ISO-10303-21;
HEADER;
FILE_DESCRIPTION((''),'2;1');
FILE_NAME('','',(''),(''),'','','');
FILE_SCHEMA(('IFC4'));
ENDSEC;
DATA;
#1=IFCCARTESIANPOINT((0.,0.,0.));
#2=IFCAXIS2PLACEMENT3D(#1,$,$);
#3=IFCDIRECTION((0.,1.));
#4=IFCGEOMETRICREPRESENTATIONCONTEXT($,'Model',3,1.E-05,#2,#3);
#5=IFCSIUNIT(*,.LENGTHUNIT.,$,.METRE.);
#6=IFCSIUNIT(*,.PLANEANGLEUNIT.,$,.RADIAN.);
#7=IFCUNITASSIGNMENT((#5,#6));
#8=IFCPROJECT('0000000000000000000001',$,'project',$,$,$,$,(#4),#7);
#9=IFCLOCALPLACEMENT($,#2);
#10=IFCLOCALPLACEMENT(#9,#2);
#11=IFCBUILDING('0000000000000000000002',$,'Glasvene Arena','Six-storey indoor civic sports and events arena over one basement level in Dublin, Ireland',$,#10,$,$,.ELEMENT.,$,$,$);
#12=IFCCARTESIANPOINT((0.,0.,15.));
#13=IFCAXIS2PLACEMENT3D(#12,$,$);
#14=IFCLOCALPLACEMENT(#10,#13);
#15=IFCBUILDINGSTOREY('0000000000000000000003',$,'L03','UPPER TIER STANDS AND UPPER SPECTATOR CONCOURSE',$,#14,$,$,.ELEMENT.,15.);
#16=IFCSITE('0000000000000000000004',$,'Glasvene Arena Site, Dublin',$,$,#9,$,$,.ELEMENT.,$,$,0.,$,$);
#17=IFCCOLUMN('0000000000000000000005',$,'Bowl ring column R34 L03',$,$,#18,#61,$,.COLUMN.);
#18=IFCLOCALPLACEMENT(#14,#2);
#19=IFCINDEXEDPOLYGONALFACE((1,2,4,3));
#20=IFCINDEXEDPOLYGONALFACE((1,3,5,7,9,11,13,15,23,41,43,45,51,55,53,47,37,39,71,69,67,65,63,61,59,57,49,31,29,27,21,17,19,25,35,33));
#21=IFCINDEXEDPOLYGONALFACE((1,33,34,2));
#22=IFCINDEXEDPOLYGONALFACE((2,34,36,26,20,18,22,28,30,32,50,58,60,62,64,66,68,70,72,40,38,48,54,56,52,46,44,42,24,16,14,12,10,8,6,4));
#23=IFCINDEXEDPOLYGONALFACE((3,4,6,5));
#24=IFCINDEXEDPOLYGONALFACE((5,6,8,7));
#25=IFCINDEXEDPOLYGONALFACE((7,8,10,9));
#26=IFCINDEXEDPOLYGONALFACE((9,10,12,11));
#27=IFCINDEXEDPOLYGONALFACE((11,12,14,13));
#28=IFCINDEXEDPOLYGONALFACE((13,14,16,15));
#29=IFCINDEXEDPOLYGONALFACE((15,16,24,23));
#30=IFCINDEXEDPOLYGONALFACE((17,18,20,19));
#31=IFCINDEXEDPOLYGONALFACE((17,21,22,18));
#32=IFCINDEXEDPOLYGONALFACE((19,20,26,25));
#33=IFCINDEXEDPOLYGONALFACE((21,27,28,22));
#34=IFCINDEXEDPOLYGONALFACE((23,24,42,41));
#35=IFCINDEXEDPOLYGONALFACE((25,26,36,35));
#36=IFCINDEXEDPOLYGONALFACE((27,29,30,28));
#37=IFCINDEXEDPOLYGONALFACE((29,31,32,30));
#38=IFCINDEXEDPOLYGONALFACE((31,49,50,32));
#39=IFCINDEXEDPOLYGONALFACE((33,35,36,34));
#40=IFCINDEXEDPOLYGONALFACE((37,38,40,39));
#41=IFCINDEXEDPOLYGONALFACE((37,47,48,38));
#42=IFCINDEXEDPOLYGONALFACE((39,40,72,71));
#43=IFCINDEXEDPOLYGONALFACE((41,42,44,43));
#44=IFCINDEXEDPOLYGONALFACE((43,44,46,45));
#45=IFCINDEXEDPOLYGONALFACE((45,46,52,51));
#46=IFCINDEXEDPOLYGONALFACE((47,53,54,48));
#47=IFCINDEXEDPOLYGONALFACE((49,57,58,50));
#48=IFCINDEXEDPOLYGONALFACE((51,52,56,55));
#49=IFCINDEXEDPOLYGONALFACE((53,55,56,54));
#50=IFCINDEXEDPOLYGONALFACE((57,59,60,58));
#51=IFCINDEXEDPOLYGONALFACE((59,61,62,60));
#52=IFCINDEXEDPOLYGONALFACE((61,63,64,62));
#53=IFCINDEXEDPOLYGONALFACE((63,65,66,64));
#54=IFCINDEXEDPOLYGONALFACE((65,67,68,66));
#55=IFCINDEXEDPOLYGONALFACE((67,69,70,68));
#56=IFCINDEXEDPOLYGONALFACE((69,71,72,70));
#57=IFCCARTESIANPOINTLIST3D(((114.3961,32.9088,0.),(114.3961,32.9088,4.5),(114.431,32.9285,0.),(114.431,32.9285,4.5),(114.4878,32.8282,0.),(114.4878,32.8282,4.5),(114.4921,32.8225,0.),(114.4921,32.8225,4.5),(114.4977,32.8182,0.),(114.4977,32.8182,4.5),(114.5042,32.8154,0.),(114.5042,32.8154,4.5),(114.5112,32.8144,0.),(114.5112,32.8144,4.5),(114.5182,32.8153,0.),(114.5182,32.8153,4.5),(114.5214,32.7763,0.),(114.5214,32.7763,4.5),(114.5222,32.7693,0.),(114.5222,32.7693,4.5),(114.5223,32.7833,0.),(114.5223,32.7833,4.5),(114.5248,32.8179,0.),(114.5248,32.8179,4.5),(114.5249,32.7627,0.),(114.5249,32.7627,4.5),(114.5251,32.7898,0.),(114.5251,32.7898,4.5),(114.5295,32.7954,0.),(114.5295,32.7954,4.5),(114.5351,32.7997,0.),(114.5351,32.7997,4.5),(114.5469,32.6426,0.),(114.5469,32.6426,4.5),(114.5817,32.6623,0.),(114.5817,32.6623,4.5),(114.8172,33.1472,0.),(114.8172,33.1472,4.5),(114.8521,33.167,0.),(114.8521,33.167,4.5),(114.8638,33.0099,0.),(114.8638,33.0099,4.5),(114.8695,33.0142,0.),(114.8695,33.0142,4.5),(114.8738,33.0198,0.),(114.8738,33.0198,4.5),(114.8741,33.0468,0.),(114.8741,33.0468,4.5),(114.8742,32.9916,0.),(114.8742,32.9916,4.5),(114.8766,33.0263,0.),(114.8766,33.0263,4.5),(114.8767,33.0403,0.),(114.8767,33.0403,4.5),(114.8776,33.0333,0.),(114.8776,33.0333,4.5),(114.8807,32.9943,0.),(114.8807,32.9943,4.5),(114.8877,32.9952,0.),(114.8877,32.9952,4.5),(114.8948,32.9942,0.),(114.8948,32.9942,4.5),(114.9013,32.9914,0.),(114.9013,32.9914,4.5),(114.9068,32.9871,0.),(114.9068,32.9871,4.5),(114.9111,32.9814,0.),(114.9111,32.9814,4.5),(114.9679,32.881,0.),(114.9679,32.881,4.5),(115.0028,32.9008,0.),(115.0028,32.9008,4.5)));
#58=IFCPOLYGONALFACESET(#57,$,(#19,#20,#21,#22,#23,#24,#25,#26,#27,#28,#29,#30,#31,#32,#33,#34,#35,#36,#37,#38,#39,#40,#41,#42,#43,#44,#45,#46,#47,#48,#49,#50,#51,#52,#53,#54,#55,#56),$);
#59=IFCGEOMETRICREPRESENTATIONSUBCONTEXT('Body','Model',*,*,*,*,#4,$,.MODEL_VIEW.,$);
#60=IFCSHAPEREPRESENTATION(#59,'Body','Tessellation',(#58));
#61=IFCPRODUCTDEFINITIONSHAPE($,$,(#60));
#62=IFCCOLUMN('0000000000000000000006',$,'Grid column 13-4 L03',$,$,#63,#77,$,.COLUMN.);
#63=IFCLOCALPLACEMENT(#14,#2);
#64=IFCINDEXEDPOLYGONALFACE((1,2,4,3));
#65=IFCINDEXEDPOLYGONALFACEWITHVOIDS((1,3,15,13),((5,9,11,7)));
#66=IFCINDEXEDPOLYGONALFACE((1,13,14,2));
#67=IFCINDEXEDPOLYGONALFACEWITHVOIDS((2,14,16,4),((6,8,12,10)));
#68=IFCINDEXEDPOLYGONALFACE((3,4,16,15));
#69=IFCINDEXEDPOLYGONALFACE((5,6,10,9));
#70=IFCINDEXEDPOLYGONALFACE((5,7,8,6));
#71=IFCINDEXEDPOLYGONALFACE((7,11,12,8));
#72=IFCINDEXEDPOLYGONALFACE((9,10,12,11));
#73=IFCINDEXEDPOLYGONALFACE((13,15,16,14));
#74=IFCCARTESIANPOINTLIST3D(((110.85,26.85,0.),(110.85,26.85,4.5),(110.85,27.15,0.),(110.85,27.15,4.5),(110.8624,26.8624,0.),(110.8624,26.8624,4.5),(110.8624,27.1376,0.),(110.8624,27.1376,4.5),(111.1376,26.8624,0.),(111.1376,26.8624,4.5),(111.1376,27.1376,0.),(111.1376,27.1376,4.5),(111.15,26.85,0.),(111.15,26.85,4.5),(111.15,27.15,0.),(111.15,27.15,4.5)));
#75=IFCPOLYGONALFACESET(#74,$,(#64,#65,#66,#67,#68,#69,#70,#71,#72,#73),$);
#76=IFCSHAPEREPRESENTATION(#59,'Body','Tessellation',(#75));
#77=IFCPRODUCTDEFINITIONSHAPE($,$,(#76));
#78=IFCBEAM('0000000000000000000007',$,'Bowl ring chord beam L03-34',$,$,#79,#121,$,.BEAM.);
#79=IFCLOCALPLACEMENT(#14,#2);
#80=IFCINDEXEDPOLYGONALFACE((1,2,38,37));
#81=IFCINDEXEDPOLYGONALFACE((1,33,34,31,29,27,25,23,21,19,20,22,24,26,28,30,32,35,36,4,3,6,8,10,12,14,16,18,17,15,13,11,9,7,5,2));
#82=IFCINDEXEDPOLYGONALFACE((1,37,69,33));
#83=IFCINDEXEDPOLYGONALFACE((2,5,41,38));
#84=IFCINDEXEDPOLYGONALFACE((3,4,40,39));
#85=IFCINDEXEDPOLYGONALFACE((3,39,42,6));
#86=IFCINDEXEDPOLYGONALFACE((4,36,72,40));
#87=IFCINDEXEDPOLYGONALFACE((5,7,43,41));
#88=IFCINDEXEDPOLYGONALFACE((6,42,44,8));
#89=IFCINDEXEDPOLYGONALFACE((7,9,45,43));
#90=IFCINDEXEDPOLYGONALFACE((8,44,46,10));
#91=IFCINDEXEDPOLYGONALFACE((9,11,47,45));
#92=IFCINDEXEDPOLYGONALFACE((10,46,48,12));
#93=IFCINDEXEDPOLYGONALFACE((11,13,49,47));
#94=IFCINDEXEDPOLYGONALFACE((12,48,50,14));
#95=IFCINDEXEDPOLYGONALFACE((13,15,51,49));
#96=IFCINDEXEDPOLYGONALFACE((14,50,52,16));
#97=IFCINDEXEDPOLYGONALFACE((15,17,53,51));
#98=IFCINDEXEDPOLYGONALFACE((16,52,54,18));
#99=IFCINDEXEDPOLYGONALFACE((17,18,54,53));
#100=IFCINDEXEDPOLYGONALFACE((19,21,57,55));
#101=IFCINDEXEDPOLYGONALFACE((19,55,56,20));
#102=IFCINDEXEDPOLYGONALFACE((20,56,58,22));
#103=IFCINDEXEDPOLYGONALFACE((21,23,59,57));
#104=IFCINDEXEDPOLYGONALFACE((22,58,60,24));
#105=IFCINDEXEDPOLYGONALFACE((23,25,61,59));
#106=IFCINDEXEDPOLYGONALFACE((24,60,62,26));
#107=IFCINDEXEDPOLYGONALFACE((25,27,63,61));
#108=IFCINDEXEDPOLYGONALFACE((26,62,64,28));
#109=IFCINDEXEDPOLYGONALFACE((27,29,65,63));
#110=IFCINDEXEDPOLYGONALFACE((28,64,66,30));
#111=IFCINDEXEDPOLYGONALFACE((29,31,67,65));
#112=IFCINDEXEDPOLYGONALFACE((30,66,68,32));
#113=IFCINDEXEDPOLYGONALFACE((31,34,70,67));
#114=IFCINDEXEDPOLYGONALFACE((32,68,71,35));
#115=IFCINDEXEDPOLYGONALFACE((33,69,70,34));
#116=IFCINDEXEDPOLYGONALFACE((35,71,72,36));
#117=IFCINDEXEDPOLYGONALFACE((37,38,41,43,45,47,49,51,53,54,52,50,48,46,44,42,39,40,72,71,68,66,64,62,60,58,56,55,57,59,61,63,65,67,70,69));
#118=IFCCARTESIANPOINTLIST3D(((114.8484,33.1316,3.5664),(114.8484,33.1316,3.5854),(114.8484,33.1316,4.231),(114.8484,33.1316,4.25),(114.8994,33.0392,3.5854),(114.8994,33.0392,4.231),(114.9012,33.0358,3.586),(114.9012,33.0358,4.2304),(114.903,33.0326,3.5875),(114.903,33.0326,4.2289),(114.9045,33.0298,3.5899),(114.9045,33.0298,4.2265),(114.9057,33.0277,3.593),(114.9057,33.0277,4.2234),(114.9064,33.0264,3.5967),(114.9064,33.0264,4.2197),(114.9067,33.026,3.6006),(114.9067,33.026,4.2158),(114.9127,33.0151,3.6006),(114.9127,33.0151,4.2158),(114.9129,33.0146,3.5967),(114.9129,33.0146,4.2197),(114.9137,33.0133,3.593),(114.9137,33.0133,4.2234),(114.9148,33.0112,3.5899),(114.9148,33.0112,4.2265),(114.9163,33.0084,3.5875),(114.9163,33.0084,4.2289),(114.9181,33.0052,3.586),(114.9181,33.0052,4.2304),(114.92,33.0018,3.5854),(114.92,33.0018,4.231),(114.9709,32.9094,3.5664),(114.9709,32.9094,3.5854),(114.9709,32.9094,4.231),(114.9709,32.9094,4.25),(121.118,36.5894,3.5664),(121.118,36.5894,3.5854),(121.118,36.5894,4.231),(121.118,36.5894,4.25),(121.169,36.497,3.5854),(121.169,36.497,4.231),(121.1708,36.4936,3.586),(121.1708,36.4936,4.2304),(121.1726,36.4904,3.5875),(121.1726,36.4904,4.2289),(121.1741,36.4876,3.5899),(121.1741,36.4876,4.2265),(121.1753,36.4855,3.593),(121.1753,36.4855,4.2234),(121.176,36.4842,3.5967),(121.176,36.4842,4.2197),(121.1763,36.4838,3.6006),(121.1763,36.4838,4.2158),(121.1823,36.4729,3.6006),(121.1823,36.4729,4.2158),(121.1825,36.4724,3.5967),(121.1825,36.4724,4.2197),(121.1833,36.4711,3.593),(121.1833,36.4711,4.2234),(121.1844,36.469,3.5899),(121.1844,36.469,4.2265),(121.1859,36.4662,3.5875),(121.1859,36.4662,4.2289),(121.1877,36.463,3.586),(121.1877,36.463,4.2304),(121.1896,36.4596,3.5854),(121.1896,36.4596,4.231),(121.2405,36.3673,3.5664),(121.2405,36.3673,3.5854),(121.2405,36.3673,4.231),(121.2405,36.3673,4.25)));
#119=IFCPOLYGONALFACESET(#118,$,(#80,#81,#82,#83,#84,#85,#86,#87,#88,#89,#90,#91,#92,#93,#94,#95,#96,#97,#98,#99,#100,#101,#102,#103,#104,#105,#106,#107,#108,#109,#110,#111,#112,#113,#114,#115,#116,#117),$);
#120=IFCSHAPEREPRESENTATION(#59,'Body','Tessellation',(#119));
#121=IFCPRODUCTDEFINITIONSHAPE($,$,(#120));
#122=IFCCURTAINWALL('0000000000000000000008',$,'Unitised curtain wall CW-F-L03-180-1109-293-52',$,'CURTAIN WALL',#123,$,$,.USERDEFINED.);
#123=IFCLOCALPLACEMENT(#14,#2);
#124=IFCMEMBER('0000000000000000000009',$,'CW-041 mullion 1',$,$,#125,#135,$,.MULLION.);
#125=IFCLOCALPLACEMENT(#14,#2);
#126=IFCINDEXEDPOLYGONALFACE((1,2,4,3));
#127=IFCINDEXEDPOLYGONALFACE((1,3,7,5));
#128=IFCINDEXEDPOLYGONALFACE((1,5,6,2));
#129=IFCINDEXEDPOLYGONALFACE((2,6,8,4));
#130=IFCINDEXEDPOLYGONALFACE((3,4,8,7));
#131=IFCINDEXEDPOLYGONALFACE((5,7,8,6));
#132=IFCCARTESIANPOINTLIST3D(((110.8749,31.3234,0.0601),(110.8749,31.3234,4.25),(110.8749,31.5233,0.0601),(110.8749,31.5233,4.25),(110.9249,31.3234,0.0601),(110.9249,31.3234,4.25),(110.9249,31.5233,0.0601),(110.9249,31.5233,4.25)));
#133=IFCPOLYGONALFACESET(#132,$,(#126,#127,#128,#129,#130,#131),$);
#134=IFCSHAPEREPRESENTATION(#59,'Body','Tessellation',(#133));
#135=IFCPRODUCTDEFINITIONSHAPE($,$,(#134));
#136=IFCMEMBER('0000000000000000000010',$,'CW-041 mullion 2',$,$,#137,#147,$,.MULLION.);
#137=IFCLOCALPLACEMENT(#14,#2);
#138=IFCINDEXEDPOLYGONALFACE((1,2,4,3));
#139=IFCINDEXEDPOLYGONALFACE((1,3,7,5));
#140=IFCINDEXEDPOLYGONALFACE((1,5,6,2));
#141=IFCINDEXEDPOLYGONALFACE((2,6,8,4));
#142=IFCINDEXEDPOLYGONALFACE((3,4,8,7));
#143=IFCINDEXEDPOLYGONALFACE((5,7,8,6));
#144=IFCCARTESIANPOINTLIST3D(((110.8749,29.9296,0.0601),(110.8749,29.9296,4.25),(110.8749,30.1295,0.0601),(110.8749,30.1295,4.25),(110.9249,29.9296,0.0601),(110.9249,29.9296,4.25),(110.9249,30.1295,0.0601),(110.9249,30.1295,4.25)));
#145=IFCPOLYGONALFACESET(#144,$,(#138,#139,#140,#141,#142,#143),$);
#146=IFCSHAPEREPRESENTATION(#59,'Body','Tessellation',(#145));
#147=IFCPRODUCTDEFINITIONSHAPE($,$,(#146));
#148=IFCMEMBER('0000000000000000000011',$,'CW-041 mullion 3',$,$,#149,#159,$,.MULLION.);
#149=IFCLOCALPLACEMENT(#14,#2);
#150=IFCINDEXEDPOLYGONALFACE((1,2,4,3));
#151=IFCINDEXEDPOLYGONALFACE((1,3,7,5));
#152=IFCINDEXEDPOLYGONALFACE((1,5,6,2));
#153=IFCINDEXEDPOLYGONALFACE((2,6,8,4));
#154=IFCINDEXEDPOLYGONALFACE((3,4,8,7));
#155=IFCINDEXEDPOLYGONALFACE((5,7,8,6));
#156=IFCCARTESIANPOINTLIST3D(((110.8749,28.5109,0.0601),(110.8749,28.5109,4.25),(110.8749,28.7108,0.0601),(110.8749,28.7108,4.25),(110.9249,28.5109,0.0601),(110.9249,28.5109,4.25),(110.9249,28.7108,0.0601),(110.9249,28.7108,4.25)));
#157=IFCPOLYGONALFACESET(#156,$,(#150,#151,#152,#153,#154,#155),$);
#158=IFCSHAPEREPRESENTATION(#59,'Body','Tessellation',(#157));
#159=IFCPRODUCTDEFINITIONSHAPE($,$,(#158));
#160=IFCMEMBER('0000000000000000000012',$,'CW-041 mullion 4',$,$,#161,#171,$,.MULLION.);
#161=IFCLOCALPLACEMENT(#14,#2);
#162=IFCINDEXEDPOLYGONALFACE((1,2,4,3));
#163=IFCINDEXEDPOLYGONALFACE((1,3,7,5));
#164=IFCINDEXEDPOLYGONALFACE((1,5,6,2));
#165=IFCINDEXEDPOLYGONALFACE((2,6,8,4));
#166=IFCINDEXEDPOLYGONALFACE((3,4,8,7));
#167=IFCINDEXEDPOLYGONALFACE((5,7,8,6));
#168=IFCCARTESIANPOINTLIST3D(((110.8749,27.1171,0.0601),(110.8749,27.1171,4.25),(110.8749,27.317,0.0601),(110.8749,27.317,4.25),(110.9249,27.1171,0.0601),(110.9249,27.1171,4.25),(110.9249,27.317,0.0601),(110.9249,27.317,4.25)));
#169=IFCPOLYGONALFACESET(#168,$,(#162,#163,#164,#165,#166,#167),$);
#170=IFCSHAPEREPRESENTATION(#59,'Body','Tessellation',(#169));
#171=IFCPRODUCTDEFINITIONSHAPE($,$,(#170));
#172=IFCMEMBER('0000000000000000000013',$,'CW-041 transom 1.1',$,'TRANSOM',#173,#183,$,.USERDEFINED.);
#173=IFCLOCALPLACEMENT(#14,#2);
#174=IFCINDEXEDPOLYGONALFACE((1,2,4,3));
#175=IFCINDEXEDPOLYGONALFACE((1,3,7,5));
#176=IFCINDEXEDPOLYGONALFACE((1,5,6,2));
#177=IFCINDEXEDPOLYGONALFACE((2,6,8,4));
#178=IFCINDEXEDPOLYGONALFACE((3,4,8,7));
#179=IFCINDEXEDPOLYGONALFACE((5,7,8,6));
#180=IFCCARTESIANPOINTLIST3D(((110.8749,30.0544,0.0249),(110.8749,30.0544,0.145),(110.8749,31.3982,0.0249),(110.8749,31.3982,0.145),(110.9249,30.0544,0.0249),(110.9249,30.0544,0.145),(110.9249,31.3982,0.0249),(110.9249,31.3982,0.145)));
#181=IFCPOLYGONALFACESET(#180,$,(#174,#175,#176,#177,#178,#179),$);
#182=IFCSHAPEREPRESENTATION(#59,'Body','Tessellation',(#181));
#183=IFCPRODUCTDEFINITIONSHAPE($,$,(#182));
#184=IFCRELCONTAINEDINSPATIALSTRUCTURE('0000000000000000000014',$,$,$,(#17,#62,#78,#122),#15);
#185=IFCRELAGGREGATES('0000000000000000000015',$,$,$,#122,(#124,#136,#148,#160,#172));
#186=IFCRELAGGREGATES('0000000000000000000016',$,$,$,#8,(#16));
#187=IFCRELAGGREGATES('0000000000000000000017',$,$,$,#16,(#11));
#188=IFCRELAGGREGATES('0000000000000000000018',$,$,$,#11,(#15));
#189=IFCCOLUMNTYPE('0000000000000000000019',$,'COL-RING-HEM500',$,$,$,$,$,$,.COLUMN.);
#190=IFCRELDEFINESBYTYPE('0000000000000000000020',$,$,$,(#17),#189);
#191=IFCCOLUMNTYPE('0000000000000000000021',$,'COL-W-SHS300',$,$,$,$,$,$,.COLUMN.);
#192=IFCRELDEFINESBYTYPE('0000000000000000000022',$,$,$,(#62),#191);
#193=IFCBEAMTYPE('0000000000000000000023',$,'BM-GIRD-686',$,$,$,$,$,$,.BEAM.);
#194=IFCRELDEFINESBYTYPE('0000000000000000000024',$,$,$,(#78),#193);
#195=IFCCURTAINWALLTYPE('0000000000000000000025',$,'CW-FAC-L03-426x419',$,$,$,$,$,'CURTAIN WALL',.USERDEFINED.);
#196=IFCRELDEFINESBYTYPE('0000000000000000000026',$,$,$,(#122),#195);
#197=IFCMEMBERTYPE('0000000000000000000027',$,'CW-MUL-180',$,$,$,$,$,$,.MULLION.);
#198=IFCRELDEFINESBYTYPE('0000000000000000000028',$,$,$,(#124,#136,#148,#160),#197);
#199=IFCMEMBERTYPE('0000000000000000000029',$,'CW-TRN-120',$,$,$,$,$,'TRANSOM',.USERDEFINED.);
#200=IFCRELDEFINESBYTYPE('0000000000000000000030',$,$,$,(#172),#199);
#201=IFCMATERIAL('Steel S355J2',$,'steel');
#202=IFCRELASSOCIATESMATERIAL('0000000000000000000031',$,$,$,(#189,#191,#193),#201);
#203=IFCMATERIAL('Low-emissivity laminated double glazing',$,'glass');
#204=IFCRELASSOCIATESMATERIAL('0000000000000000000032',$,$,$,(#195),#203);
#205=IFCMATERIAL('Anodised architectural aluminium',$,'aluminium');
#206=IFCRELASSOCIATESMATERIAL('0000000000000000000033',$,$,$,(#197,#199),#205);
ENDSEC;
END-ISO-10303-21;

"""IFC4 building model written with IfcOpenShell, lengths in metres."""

from ifc_helpers import new_model, si_unit, direction, frame, origin, origin_2d, place, context, subcontext, project, spatial, rectangle, hollow_rectangle, i_section, extrude, material, material_profile, profile_set, type_object, element, aggregate, save


model = new_model("IFC4")

# Units and contexts
model_context = context("Model", 3, precision=1e-05, world=origin(), true_north=direction((0.0, 1.0)))
body_context = subcontext(model_context, "Body", "Model", "MODEL_VIEW")
ifc_project = project(units=[si_unit("LENGTHUNIT", "METRE"), si_unit("PLANEANGLEUNIT", "RADIAN")], contexts=[model_context])

# Site, building, storey
site_placement = place(None, origin())
site = spatial("IfcSite", under=ifc_project, at=site_placement, Name="Glasvene Arena Site, Dublin", CompositionType="ELEMENT", RefElevation=0.0)
building_placement = place(site_placement, origin())
building = spatial("IfcBuilding", under=site, at=building_placement, Name="Glasvene Arena", Description="Six-storey indoor civic sports and events arena over one basement level in Dublin, Ireland", CompositionType="ELEMENT")
storey_placement = place(building_placement, frame((0.0, 0.0, 15.0)))
storey = spatial("IfcBuildingStorey", under=building, at=storey_placement, Name="L03", Description="UPPER TIER STANDS AND UPPER SPECTATOR CONCOURSE", CompositionType="ELEMENT", Elevation=15.0)

# Columns
ifc_material_1 = material(Name="Steel S355J2", Category="steel")
ifc_material_profile_1 = material_profile(ifc_material_1, i_section(OverallWidth=0.3059, OverallDepth=0.5239, WebThickness=0.021, FlangeThickness=0.04, FilletRadius=0.0271, at=origin_2d()), Name="HEM 500")
ifc_profile_set_1 = profile_set([ifc_material_profile_1], Name="Steel S355J2")
column_type_1 = type_object("IfcColumnType", Name="COL-RING-HEM500", PredefinedType="COLUMN", material=ifc_profile_set_1)
column_1_placement = place(storey_placement, frame((114.6995, 32.9048, 0.0), z_axis=(0.0, 0.0, 1.0), x_axis=(0.492727, -0.870184, 0.0)))
element("IfcColumn", 1, at=column_1_placement, inside=storey, type_object=column_type_1, Name="Bowl ring column R34 L03", PredefinedType="COLUMN", context=body_context, shape_type="SweptSolid", body=[
    extrude(i_section(OverallWidth=0.3059, OverallDepth=0.5239, WebThickness=0.021, FlangeThickness=0.04, FilletRadius=0.0271, at=origin_2d()), origin(), (0.0, 0.0, 1.0), 4.5),
])
ifc_material_profile_2 = material_profile(ifc_material_1, hollow_rectangle(XDim=0.3, YDim=0.3, WallThickness=0.0125, at=origin_2d()), Name="SHS 300x300x12.5")
ifc_profile_set_2 = profile_set([ifc_material_profile_2], Name="Steel S355J2")
column_type_2 = type_object("IfcColumnType", Name="COL-W-SHS300", PredefinedType="COLUMN", material=ifc_profile_set_2)
column_2_placement = place(storey_placement, frame((111.0, 27.0, 0.0), z_axis=(0.0, 0.0, 1.0), x_axis=(1.0, 0.0, 0.0)))
element("IfcColumn", 2, at=column_2_placement, inside=storey, type_object=column_type_2, Name="Grid column 13-4 L03", PredefinedType="COLUMN", context=body_context, shape_type="SweptSolid", body=[
    extrude(hollow_rectangle(XDim=0.3, YDim=0.3, WallThickness=0.0125, at=origin_2d()), origin(), (0.0, 0.0, 1.0), 4.5),
])

# Beam
ifc_material_profile_3 = material_profile(ifc_material_1, i_section(OverallWidth=0.2537, OverallDepth=0.6836, WebThickness=0.0125, FlangeThickness=0.019, FilletRadius=0.0151, at=origin_2d()), Name="UKB 686x254x140")
ifc_profile_set_3 = profile_set([ifc_material_profile_3], Name="Steel S355J2")
beam_type = type_object("IfcBeamType", Name="BM-GIRD-686", PredefinedType="BEAM", material=ifc_profile_set_3)
beam_placement = place(storey_placement, frame((114.9097, 33.0205, 3.9082), z_axis=(0.875654, 0.482939, 0.0), x_axis=(-0.482939, 0.875654, 0.0)))
element("IfcBeam", 3, at=beam_placement, inside=storey, type_object=beam_type, Name="Bowl ring chord beam L03-34", PredefinedType="BEAM", context=body_context, shape_type="SweptSolid", body=[
    extrude(i_section(OverallWidth=0.2537, OverallDepth=0.6836, WebThickness=0.0125, FlangeThickness=0.019, FilletRadius=0.0151, at=origin_2d()), origin(), (0.0, 0.0, 1.0), 7.1599),
])

# Curtain wall, members
ifc_material_2 = material(Name="Low-emissivity laminated double glazing", Category="glass")
curtain_wall_type = type_object("IfcCurtainWallType", Name="CW-FAC-L03-426x419", ElementType="CURTAIN WALL", PredefinedType="USERDEFINED", material=ifc_material_2)
curtain_wall_placement = place(storey_placement, frame((110.8999, 31.4482, 0.0)))
curtain_wall = element("IfcCurtainWall", 4, at=curtain_wall_placement, inside=storey, type_object=curtain_wall_type, Name="Unitised curtain wall CW-F-L03-180-1109-293-52", ObjectType="CURTAIN WALL", PredefinedType="USERDEFINED")
ifc_material_3 = material(Name="Anodised architectural aluminium", Category="aluminium")
ifc_material_profile_4 = material_profile(ifc_material_3, rectangle(XDim=0.05, YDim=0.2, at=origin_2d()), Name="ALU MULLION 50x200")
ifc_profile_set_4 = profile_set([ifc_material_profile_4], Name="Anodised architectural aluminium")
member_type_1 = type_object("IfcMemberType", Name="CW-MUL-180", PredefinedType="MULLION", material=ifc_profile_set_4)
member_1_placement = place(storey_placement, frame((110.8999, 31.4233, 0.0601), z_axis=(0.0, 0.0, 1.0), x_axis=(1.0, 0.0, 0.0)))
member_1 = element("IfcMember", 5, at=member_1_placement, type_object=member_type_1, Name="CW-041 mullion 1", PredefinedType="MULLION", context=body_context, shape_type="SweptSolid", body=[
    extrude(rectangle(XDim=0.05, YDim=0.2, at=origin_2d()), origin(), (0.0, 0.0, 1.0), 4.1899),
])
member_2_placement = place(storey_placement, frame((110.8999, 30.0295, 0.0601), z_axis=(0.0, 0.0, 1.0), x_axis=(1.0, 0.0, 0.0)))
member_2 = element("IfcMember", 6, at=member_2_placement, type_object=member_type_1, Name="CW-041 mullion 2", PredefinedType="MULLION", context=body_context, shape_type="SweptSolid", body=[
    extrude(rectangle(XDim=0.05, YDim=0.2, at=origin_2d()), origin(), (0.0, 0.0, 1.0), 4.1899),
])
member_3_placement = place(storey_placement, frame((110.8999, 28.6108, 0.0601), z_axis=(0.0, 0.0, 1.0), x_axis=(1.0, 0.0, 0.0)))
member_3 = element("IfcMember", 7, at=member_3_placement, type_object=member_type_1, Name="CW-041 mullion 3", PredefinedType="MULLION", context=body_context, shape_type="SweptSolid", body=[
    extrude(rectangle(XDim=0.05, YDim=0.2, at=origin_2d()), origin(), (0.0, 0.0, 1.0), 4.1899),
])
member_4_placement = place(storey_placement, frame((110.8999, 27.217, 0.0601), z_axis=(0.0, 0.0, 1.0), x_axis=(1.0, 0.0, 0.0)))
member_4 = element("IfcMember", 8, at=member_4_placement, type_object=member_type_1, Name="CW-041 mullion 4", PredefinedType="MULLION", context=body_context, shape_type="SweptSolid", body=[
    extrude(rectangle(XDim=0.05, YDim=0.2, at=origin_2d()), origin(), (0.0, 0.0, 1.0), 4.1899),
])
ifc_material_profile_5 = material_profile(ifc_material_3, rectangle(XDim=0.05, YDim=0.1201, at=origin_2d()), Name="ALU TRANSOM 50x120")
ifc_profile_set_5 = profile_set([ifc_material_profile_5], Name="Anodised architectural aluminium")
member_type_2 = type_object("IfcMemberType", Name="CW-TRN-120", ElementType="TRANSOM", PredefinedType="USERDEFINED", material=ifc_profile_set_5)
member_5_placement = place(storey_placement, frame((110.8999, 31.3982, 0.085), z_axis=(0.0, -1.0, 0.0), x_axis=(1.0, 0.0, 0.0)))
member_5 = element("IfcMember", 9, at=member_5_placement, type_object=member_type_2, Name="CW-041 transom 1.1", ObjectType="TRANSOM", PredefinedType="USERDEFINED", context=body_context, shape_type="SweptSolid", body=[
    extrude(rectangle(XDim=0.05, YDim=0.1201, at=origin_2d()), origin(), (0.0, 0.0, 1.0), 1.3438),
])
aggregate(curtain_wall, [member_1, member_2, member_3, member_4, member_5])

save(model, "model.ifc")
